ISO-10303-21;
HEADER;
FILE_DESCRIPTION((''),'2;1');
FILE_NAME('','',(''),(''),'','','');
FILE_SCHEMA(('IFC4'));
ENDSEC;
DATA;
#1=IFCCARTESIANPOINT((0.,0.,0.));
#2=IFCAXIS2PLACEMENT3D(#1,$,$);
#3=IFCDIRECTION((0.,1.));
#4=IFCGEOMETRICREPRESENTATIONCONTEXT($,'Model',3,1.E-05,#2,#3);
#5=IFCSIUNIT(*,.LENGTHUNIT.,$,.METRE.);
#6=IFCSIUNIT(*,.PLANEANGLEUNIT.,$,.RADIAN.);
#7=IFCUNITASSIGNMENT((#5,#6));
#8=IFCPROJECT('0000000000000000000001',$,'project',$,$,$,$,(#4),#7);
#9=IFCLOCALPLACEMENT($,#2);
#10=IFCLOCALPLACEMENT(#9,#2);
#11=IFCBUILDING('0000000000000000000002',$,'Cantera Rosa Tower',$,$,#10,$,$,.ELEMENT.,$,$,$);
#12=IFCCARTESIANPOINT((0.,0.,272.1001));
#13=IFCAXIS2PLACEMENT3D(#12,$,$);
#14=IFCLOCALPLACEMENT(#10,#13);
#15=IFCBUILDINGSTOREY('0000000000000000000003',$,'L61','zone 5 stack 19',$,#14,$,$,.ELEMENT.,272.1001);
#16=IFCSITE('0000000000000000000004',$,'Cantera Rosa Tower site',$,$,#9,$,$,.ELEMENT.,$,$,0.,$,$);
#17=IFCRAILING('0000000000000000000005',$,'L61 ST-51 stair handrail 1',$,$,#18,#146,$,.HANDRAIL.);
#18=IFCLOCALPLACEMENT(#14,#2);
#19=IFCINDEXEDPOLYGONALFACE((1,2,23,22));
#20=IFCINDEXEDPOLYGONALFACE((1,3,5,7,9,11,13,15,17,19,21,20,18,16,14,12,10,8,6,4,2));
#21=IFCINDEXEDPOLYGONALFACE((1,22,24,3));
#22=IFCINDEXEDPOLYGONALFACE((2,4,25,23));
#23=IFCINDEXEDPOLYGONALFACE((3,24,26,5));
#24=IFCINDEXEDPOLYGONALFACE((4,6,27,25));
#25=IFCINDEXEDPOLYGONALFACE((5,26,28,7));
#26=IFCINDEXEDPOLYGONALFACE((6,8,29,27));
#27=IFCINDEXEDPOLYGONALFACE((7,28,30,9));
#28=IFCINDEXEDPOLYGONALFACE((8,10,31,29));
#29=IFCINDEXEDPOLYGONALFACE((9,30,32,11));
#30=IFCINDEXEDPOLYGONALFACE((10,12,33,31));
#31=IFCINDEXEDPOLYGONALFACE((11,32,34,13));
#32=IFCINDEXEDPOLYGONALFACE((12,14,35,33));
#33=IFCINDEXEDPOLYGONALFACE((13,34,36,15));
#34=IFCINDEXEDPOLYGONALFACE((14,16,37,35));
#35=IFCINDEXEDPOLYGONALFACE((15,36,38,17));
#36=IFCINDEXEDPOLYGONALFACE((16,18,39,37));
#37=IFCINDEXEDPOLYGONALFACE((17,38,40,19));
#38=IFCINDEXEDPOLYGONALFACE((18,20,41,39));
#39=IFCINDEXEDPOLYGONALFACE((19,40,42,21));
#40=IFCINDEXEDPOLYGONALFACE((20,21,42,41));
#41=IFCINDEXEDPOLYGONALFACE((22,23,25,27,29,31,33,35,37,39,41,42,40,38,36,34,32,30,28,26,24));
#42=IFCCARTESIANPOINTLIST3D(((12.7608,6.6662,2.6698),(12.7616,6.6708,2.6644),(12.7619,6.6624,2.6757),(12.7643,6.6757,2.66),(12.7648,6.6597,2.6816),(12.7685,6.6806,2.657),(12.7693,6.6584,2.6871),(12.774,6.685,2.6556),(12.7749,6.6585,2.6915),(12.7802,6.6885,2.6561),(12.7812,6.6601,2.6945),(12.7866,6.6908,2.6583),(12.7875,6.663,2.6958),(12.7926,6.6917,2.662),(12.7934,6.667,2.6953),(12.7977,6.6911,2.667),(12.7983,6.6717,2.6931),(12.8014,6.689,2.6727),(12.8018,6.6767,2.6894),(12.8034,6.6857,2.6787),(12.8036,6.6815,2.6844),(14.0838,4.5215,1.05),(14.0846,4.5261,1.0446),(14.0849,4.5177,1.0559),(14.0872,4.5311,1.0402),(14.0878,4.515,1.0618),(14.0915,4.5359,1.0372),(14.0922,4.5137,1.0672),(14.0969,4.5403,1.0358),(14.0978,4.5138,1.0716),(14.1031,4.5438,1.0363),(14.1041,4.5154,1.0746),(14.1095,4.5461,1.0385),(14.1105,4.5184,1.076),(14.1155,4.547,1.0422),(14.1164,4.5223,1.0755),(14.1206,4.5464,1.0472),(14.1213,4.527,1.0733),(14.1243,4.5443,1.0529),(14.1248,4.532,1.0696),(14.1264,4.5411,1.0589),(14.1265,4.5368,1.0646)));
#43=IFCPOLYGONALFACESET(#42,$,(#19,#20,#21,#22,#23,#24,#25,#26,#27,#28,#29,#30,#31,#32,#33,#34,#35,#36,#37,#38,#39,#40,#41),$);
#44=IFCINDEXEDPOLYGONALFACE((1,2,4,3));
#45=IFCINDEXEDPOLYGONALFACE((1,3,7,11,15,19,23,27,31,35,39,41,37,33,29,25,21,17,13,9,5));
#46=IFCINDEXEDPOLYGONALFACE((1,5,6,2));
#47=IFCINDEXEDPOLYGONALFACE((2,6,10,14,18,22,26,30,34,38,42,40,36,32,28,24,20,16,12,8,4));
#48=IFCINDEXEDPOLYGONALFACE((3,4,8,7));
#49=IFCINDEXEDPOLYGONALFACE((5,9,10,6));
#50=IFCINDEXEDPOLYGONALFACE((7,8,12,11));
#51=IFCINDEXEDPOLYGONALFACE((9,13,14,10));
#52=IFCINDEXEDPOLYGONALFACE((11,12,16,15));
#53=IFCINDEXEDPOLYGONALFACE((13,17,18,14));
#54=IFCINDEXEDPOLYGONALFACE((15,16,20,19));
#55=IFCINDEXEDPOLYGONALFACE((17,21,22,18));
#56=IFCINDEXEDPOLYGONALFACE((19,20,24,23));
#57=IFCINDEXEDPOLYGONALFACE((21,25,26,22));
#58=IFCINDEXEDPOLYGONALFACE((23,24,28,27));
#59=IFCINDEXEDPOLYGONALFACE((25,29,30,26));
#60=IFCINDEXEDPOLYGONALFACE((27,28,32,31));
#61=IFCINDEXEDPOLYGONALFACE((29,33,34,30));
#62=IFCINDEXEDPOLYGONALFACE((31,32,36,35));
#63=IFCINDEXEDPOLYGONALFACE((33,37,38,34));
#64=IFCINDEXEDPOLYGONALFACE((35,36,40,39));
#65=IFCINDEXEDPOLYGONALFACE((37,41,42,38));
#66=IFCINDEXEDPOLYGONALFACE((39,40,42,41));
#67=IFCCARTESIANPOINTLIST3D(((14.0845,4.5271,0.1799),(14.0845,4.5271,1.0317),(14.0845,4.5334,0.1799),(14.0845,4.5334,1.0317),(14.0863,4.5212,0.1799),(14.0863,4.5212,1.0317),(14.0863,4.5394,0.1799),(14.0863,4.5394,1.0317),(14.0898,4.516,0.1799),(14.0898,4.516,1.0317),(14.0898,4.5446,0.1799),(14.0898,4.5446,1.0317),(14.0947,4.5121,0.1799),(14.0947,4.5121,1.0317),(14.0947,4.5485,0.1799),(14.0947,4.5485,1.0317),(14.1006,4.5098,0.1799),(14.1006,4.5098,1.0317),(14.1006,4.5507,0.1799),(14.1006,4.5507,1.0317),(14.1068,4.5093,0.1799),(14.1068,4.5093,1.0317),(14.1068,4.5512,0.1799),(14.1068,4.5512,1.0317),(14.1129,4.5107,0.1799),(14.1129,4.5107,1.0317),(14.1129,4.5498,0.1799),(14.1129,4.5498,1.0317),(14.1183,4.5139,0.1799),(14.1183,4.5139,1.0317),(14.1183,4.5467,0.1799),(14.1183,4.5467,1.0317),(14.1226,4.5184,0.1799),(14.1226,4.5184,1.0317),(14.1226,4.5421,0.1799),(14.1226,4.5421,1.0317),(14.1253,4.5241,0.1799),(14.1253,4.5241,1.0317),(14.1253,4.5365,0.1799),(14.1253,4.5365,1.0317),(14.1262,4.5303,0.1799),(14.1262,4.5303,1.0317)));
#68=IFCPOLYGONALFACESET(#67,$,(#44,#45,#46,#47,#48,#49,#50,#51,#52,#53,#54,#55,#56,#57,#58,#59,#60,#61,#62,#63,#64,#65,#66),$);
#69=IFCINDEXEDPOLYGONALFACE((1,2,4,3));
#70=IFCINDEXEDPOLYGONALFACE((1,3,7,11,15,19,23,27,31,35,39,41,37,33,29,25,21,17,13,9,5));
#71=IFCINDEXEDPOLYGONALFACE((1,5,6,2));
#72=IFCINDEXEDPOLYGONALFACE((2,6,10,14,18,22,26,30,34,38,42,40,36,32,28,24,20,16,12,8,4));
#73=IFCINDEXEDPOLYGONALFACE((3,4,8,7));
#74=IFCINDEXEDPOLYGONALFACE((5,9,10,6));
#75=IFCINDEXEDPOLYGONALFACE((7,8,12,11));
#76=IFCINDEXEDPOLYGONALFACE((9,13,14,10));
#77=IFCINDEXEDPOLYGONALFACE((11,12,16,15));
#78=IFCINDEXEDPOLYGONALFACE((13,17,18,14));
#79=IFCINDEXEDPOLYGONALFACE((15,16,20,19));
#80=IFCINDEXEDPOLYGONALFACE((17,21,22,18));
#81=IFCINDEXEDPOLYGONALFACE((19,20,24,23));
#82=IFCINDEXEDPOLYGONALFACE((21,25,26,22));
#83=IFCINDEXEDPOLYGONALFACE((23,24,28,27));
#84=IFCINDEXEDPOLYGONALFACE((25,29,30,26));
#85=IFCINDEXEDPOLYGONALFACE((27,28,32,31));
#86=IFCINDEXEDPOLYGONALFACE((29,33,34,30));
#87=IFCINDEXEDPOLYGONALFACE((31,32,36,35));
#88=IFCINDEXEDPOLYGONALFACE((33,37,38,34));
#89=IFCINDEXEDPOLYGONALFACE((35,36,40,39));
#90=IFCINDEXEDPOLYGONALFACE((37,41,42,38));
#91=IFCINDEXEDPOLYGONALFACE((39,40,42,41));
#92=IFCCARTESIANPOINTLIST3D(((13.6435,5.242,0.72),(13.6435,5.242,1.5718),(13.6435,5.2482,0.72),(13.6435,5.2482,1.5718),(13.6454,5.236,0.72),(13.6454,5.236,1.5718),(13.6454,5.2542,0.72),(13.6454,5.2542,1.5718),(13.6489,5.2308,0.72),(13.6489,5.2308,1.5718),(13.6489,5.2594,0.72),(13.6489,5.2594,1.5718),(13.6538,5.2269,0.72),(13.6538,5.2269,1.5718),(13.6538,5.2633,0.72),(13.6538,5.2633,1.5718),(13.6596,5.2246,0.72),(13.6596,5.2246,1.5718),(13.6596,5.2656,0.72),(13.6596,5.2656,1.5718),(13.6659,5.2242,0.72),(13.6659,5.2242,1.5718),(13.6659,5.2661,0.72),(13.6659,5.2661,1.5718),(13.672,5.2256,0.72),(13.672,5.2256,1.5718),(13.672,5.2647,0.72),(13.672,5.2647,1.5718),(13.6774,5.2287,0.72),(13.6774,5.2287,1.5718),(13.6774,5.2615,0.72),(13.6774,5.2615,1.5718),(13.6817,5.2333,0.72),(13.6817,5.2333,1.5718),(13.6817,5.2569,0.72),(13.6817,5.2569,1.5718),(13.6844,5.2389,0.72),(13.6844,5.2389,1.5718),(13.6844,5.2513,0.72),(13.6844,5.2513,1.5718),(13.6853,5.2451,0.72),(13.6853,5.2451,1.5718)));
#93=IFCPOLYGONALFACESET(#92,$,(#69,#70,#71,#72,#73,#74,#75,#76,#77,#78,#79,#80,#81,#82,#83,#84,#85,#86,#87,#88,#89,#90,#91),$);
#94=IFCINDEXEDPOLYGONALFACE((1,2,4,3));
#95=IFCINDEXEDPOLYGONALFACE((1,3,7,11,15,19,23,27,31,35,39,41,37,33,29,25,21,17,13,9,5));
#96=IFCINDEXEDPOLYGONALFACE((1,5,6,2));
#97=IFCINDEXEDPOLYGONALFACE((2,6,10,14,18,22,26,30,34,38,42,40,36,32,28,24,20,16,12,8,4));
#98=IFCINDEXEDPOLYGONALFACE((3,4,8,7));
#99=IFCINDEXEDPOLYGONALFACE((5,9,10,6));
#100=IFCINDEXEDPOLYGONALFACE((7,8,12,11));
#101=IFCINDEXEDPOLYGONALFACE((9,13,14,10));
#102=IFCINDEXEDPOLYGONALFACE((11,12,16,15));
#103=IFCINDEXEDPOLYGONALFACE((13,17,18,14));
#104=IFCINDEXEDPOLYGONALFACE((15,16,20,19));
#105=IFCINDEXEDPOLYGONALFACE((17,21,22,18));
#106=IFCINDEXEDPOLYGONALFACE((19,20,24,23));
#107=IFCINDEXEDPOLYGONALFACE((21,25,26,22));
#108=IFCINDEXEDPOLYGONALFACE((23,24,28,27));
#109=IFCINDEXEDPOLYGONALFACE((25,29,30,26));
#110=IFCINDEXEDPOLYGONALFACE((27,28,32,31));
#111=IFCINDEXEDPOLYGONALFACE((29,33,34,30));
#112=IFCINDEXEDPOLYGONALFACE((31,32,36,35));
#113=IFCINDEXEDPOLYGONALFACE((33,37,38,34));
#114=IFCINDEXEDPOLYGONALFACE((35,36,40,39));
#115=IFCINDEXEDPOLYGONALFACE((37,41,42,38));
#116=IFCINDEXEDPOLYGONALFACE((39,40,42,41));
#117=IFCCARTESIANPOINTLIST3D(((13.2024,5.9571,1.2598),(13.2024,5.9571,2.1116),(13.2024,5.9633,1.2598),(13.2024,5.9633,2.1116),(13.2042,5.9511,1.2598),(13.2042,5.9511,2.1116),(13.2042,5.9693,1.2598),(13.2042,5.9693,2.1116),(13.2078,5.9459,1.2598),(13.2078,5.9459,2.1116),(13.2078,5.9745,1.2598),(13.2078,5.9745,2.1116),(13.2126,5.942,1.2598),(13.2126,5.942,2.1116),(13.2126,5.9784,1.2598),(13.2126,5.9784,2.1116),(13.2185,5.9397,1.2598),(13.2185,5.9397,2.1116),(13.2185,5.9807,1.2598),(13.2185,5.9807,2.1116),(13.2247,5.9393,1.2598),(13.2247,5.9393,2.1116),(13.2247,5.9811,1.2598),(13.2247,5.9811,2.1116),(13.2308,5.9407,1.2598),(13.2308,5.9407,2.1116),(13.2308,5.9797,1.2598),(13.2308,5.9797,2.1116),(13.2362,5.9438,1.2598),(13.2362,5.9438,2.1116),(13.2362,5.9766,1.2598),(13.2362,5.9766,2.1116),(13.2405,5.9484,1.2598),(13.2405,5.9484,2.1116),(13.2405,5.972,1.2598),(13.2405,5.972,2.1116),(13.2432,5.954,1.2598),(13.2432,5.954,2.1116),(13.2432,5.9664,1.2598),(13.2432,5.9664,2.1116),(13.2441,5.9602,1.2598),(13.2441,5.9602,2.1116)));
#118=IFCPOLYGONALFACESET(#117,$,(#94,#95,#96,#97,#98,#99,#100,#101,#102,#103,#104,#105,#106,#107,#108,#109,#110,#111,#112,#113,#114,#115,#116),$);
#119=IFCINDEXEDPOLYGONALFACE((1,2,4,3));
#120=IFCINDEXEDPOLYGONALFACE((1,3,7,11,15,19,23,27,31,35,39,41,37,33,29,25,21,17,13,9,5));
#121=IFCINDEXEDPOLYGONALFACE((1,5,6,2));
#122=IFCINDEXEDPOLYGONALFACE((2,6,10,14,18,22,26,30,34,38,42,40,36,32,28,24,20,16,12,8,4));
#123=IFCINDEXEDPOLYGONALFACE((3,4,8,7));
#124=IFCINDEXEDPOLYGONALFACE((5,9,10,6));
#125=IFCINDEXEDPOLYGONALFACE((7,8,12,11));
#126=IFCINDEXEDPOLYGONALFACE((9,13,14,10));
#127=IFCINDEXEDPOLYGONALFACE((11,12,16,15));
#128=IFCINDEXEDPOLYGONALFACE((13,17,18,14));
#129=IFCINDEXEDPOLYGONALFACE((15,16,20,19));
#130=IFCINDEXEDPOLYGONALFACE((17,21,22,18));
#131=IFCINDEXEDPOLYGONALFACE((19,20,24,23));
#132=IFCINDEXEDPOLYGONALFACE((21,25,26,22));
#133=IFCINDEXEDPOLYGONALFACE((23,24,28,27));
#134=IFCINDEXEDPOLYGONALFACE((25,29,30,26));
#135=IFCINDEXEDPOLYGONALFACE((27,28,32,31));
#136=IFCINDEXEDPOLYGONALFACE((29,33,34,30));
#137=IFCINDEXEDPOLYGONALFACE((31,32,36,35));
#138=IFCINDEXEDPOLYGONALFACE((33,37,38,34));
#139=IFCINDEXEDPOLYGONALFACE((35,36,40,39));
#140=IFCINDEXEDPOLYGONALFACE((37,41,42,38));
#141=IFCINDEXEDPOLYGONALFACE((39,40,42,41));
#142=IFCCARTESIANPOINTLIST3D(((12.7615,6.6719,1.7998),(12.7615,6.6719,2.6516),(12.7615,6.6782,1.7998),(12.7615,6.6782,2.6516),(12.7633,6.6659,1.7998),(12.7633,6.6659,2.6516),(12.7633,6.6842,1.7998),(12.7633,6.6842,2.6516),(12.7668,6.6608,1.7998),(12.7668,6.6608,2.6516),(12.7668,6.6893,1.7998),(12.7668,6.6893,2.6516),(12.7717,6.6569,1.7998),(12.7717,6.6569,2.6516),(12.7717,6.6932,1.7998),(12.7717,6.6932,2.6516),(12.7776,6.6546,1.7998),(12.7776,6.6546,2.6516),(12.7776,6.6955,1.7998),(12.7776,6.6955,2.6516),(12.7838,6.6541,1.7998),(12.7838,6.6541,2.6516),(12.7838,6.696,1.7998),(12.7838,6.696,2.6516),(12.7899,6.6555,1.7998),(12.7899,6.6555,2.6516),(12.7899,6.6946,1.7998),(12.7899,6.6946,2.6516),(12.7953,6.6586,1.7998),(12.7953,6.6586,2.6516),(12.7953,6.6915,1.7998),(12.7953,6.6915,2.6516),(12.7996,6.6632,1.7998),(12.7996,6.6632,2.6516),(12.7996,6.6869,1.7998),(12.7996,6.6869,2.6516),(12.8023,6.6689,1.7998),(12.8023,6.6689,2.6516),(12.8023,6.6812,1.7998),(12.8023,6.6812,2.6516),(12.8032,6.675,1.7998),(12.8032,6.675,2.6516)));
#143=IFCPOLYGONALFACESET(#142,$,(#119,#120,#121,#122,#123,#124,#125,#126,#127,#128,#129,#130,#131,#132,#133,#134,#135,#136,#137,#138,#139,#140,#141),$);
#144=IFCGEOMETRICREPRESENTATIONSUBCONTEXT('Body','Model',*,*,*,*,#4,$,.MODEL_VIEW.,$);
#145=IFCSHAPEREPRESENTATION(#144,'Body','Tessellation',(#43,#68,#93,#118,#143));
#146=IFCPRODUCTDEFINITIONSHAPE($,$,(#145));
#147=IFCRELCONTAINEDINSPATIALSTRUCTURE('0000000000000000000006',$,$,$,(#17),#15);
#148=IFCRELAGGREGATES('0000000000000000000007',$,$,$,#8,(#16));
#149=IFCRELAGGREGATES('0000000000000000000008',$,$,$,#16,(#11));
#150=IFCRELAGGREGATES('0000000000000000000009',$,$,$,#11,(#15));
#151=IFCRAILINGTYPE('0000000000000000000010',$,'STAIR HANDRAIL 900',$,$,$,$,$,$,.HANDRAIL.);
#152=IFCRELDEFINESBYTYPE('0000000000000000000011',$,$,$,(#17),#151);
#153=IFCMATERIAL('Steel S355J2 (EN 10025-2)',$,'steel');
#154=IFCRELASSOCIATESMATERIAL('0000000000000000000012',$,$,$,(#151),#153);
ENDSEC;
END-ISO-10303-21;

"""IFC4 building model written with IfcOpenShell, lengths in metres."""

from ifc_helpers import new_model, si_unit, direction, frame, origin, origin_2d, place, context, subcontext, project, spatial, circle, extrude, material, type_object, element, save


model = new_model("IFC4")

# Units and contexts
model_context = context("Model", 3, precision=1e-05, world=origin(), true_north=direction((0.0, 1.0)))
body_context = subcontext(model_context, "Body", "Model", "MODEL_VIEW")
ifc_project = project(units=[si_unit("LENGTHUNIT", "METRE"), si_unit("PLANEANGLEUNIT", "RADIAN")], contexts=[model_context])

# Site, building, storey
site_placement = place(None, origin())
site = spatial("IfcSite", under=ifc_project, at=site_placement, Name="Cantera Rosa Tower site", CompositionType="ELEMENT", RefElevation=0.0)
building_placement = place(site_placement, origin())
building = spatial("IfcBuilding", under=site, at=building_placement, Name="Cantera Rosa Tower", CompositionType="ELEMENT")
storey_placement = place(building_placement, frame((0.0, 0.0, 272.1001)))
storey = spatial("IfcBuildingStorey", under=building, at=storey_placement, Name="L61", Description="zone 5 stack 19", CompositionType="ELEMENT", Elevation=272.1001)

# Railing
ifc_material_1 = material(Name="Steel S355J2 (EN 10025-2)", Category="steel")
railing_type_1 = type_object("IfcRailingType", Name="STAIR HANDRAIL 900", PredefinedType="HANDRAIL", material=ifc_material_1)
railing_1_placement = place(storey_placement, frame((14.1052, 4.5303, 0.1799)))
element("IfcRailing", 1, at=railing_1_placement, inside=storey, type_object=railing_type_1, Name="L61 ST-51 stair handrail 1", PredefinedType="HANDRAIL", context=body_context, shape_type="SweptSolid", body=[
    extrude(circle(Radius=0.0239, at=origin_2d()), frame((0.0, 0.0, 0.876), z_axis=(-0.441629, 0.715945, 0.540728), x_axis=(-0.851102, -0.525, 0.0)), (0.0, 0.0, 1.0), 2.9956),
    extrude(circle(Radius=0.021, at=origin_2d()), origin(), (0.0, 0.0, 1.0), 0.8518),
    extrude(circle(Radius=0.021, at=origin_2d()), frame((-0.4409, 0.7148, 0.54)), (0.0, 0.0, 1.0), 0.8518),
    extrude(circle(Radius=0.021, at=origin_2d()), frame((-0.8821, 1.4299, 1.0798)), (0.0, 0.0, 1.0), 0.8518),
    extrude(circle(Radius=0.021, at=origin_2d()), frame((-1.323, 2.1448, 1.6199)), (0.0, 0.0, 1.0), 0.8518),
])

save(model, "model.ifc")
